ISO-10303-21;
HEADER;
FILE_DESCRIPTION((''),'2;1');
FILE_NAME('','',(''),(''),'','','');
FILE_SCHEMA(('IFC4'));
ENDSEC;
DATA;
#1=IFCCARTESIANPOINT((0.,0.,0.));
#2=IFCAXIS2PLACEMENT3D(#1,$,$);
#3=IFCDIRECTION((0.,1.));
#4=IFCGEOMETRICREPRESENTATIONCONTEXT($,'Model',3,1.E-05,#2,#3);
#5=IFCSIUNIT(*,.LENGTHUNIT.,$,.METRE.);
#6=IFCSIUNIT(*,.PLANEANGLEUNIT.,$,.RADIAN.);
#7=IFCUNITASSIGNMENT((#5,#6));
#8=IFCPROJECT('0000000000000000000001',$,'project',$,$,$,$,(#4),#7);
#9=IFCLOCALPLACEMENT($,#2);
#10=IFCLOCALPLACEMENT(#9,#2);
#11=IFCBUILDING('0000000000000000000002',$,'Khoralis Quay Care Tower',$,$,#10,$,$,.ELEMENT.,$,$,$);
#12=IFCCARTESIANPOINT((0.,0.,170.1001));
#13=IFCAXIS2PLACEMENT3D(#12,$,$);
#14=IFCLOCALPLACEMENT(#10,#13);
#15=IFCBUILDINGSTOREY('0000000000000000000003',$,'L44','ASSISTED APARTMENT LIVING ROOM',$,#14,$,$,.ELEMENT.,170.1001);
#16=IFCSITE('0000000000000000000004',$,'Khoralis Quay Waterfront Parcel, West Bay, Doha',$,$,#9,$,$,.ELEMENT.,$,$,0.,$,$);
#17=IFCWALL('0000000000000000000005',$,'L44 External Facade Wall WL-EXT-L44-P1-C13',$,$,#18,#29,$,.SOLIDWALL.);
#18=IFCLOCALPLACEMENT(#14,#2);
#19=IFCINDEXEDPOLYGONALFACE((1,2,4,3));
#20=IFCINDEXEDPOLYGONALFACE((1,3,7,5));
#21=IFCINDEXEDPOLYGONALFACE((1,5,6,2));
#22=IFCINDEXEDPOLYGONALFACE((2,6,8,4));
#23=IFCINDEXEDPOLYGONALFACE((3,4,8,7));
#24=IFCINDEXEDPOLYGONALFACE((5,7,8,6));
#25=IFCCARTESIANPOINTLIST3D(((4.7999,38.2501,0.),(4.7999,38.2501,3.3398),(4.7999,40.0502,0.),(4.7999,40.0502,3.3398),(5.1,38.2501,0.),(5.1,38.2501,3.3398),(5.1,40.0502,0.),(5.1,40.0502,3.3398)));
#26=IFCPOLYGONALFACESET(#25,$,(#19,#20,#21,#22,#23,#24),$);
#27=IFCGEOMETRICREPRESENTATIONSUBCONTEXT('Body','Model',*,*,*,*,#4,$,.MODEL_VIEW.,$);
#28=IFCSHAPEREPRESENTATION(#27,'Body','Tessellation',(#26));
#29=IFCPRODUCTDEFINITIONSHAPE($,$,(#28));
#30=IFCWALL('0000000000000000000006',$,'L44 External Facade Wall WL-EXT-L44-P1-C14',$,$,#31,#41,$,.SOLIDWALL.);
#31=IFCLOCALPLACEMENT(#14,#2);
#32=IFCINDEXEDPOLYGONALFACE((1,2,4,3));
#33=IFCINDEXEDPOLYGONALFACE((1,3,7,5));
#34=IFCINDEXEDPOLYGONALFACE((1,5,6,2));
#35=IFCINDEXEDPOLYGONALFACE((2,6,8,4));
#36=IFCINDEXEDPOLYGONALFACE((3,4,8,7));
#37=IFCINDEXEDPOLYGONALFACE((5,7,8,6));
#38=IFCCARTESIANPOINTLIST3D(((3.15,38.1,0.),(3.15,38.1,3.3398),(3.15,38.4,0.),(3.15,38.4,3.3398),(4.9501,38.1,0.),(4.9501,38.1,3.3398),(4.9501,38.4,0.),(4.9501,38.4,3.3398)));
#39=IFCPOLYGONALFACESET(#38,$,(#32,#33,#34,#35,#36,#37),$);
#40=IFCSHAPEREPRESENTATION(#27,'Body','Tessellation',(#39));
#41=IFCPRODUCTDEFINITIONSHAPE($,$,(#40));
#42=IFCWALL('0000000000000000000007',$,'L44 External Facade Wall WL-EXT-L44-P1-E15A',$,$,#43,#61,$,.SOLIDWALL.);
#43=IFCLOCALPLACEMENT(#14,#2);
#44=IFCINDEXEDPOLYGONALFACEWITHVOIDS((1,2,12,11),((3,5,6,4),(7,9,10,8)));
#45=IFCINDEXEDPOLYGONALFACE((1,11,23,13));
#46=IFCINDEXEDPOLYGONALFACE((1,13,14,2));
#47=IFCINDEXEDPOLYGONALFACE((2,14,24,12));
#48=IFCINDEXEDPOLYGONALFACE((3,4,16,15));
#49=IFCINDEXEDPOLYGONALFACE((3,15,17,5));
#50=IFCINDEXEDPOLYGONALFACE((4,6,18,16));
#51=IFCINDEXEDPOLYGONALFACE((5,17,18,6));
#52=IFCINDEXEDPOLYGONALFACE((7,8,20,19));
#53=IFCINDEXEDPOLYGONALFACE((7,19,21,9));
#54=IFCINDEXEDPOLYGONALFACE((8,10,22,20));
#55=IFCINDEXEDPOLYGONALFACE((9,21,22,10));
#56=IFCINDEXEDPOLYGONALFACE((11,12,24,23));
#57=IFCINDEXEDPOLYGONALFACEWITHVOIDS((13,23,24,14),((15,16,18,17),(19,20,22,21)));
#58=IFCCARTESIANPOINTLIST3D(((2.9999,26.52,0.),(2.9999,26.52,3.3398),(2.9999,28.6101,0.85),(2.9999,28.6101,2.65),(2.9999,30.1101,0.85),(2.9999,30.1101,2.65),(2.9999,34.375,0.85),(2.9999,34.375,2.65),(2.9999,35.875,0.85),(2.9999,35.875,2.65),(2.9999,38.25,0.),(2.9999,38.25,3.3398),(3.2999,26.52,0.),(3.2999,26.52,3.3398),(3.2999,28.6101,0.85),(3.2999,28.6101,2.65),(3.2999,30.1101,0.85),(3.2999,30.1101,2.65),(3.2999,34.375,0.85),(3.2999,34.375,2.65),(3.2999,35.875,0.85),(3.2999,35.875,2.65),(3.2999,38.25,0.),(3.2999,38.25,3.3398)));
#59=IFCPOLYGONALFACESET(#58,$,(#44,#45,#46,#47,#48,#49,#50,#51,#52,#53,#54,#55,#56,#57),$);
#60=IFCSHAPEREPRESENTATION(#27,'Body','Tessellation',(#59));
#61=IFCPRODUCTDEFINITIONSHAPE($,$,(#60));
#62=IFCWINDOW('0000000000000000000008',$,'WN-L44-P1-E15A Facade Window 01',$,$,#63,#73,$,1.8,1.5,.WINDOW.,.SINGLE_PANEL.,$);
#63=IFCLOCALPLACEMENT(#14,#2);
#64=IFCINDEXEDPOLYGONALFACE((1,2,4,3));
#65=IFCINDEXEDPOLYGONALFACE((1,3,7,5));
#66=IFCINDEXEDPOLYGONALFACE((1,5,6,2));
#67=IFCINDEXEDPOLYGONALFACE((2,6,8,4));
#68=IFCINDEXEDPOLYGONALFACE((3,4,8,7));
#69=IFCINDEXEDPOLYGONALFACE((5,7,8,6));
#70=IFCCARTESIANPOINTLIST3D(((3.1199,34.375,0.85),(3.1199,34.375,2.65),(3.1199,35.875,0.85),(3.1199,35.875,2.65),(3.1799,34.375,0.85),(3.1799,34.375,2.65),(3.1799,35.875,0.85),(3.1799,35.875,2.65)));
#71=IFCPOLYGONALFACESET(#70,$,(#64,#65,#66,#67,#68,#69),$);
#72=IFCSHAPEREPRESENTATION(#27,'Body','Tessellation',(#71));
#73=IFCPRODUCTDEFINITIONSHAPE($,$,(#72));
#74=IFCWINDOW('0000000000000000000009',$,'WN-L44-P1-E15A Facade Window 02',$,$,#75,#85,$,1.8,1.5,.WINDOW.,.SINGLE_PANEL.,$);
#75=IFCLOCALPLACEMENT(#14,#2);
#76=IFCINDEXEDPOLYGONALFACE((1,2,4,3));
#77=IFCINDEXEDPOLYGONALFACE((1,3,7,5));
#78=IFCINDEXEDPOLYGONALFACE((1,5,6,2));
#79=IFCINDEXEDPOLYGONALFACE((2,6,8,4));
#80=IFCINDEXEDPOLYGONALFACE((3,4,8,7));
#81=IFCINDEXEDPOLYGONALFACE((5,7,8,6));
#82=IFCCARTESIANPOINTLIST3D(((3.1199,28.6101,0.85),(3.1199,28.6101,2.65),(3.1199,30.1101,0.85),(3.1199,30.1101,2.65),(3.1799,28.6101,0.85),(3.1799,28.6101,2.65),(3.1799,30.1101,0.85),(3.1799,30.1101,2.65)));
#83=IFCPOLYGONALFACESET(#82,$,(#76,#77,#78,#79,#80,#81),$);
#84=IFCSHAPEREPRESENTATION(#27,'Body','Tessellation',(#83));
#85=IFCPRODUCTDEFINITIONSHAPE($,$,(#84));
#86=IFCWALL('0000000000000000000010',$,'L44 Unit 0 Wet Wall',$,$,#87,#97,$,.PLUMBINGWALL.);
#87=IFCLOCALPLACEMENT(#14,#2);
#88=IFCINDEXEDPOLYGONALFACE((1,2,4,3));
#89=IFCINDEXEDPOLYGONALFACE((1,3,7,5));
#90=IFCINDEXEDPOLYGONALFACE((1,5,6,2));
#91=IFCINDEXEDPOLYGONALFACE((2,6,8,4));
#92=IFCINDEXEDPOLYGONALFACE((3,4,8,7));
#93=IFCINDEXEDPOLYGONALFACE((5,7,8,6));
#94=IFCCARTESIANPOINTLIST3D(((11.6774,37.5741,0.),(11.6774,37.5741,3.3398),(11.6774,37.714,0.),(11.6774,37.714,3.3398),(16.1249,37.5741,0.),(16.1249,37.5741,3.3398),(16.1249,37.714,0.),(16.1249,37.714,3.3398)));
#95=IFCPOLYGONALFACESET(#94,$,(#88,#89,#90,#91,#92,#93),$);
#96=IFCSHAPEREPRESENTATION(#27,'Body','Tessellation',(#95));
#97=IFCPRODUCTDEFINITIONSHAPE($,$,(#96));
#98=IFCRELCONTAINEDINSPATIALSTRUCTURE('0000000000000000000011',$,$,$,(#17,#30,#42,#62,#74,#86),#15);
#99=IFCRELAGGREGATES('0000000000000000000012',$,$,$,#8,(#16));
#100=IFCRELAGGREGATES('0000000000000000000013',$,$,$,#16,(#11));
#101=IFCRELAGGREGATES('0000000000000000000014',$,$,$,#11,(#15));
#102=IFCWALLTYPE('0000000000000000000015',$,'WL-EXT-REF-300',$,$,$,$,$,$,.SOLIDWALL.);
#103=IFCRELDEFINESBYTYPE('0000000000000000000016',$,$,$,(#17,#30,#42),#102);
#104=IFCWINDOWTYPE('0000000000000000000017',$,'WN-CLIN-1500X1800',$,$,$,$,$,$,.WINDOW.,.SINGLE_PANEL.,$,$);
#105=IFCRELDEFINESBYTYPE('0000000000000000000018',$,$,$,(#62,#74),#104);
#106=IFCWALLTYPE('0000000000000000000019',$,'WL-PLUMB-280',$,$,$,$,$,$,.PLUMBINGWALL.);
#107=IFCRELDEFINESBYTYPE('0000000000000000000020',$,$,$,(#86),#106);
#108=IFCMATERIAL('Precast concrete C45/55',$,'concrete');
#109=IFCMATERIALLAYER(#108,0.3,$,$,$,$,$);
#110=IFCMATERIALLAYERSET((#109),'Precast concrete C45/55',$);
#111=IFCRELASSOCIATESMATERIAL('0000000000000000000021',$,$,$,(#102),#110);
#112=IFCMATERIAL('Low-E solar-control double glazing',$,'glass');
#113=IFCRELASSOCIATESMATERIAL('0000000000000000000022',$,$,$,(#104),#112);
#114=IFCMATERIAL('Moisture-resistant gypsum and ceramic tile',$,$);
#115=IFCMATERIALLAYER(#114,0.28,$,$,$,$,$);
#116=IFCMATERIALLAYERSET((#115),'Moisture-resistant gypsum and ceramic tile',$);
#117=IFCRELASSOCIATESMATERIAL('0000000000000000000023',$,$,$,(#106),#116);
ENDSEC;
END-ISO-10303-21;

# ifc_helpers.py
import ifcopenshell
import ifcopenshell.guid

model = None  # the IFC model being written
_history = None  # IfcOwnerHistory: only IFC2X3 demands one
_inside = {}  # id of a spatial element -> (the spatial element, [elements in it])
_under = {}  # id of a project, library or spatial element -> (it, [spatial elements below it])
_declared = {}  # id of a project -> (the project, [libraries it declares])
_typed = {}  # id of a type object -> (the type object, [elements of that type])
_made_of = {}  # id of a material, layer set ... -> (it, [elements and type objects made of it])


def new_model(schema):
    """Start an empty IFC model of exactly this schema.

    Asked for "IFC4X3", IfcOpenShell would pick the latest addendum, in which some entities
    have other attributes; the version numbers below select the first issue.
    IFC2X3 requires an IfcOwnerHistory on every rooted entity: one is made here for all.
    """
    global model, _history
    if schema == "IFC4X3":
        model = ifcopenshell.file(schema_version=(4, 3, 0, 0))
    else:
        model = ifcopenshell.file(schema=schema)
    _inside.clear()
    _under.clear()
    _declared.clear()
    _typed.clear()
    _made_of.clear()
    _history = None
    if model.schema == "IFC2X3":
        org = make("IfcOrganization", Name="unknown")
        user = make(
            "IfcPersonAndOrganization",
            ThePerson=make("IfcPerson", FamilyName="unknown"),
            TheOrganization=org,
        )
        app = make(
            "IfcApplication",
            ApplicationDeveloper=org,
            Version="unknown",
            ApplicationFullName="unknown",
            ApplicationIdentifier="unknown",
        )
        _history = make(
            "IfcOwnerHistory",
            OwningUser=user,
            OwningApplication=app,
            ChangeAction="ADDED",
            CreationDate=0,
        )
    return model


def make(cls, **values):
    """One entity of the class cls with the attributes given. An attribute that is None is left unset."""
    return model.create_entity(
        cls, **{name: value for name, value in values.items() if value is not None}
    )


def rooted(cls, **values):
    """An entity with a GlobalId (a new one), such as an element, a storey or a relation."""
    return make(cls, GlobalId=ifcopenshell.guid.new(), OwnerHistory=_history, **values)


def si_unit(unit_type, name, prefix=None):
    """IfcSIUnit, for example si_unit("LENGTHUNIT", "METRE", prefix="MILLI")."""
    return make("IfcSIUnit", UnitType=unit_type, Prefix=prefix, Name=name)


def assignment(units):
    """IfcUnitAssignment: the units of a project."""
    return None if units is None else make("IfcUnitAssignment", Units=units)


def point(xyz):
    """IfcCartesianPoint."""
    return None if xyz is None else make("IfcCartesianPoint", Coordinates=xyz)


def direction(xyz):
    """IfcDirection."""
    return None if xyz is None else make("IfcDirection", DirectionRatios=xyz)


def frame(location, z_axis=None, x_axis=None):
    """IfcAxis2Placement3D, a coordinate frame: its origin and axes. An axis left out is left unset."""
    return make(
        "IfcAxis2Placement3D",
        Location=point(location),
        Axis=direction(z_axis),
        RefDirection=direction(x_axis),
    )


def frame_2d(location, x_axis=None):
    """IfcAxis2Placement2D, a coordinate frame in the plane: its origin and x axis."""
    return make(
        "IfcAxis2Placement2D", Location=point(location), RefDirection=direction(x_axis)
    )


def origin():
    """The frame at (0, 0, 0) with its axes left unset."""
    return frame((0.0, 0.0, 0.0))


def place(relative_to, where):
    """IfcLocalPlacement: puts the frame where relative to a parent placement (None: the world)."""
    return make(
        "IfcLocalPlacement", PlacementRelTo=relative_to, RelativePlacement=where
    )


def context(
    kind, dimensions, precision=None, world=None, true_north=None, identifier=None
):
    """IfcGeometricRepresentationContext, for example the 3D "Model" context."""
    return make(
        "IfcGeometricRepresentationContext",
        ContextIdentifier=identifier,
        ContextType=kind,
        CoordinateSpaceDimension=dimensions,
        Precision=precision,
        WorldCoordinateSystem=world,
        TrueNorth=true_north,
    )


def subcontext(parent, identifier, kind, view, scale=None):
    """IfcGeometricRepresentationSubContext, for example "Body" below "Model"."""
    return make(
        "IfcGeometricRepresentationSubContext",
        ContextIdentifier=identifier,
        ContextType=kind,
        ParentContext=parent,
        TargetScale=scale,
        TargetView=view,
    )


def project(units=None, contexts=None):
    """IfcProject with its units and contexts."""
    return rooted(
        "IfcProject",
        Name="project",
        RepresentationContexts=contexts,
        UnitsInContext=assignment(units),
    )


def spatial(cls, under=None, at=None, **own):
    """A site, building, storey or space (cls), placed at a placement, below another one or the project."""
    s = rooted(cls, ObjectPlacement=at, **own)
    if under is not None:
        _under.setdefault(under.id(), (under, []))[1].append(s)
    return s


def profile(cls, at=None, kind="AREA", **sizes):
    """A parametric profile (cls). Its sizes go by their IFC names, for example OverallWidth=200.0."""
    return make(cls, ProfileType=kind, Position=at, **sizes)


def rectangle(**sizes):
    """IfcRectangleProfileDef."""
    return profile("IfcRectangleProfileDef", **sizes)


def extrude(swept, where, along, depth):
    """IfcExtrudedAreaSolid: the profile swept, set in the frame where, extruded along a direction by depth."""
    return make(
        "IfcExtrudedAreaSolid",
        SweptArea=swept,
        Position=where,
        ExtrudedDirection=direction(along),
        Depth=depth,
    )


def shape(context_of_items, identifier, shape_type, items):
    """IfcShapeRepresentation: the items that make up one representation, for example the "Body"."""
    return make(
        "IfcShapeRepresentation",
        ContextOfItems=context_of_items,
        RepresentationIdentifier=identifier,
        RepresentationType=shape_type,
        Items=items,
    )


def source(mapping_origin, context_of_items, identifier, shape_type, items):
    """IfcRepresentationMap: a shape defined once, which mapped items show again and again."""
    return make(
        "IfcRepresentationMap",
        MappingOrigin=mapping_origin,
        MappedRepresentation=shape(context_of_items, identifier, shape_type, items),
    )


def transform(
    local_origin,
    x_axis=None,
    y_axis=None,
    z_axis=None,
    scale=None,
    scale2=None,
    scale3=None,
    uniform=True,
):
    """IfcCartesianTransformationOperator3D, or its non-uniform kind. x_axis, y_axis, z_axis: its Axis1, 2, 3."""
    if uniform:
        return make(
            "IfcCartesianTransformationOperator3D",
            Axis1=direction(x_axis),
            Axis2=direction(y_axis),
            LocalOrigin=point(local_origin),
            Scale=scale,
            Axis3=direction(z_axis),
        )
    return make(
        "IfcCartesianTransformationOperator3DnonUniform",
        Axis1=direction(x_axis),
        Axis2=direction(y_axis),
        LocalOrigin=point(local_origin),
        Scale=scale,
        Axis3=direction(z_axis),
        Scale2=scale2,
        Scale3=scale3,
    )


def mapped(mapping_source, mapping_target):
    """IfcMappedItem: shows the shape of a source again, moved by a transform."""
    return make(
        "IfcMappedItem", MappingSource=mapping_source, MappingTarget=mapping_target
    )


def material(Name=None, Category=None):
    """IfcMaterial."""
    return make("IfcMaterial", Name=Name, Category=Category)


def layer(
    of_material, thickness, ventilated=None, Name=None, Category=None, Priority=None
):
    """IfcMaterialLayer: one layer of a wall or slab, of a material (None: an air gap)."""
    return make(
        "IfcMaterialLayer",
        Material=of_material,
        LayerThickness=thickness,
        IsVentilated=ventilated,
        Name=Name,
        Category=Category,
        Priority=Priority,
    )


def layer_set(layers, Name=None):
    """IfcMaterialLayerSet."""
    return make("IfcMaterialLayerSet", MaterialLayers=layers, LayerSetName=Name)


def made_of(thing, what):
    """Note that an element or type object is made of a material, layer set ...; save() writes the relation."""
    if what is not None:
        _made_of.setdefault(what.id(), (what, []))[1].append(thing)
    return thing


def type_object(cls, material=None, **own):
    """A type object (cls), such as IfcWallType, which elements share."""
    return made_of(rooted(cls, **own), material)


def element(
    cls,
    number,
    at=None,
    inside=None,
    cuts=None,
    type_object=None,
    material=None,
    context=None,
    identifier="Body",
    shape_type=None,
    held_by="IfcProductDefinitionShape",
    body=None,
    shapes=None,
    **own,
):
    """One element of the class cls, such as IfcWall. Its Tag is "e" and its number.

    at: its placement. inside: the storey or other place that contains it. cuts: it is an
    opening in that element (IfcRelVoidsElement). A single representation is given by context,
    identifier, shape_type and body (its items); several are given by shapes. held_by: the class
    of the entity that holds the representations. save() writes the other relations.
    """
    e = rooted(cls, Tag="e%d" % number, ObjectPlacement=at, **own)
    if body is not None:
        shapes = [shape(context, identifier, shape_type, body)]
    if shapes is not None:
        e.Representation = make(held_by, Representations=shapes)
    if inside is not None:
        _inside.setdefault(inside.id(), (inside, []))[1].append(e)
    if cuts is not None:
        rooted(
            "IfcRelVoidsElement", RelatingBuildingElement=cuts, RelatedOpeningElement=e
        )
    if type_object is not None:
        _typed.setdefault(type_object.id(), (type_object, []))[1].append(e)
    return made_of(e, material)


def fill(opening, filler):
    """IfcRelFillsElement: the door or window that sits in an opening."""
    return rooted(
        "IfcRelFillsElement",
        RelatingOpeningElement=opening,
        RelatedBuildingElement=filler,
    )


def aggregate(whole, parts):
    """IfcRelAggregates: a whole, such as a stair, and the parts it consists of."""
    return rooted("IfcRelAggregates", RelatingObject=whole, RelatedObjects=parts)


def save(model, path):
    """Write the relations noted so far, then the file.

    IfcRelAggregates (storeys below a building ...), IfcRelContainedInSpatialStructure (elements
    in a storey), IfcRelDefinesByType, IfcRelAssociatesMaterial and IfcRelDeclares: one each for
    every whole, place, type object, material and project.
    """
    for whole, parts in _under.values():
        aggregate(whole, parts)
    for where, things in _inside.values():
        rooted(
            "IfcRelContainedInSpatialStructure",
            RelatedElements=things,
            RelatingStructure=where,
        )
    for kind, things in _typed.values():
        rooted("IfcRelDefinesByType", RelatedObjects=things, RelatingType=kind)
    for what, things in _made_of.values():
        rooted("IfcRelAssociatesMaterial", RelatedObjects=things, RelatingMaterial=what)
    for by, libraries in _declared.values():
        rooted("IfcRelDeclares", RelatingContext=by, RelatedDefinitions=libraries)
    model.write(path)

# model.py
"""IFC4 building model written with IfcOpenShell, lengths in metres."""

from ifc_helpers import new_model, si_unit, direction, frame, frame_2d, origin, place, context, subcontext, project, spatial, rectangle, extrude, source, transform, mapped, material, layer, layer_set, type_object, element, fill, save


model = new_model("IFC4")

# Units and contexts
model_context = context("Model", 3, precision=1e-05, world=origin(), true_north=direction((0.0, 1.0)))
body_context = subcontext(model_context, "Body", "Model", "MODEL_VIEW")
ifc_project = project(units=[si_unit("LENGTHUNIT", "METRE"), si_unit("PLANEANGLEUNIT", "RADIAN")], contexts=[model_context])

# Site, building, storey
site_placement = place(None, origin())
site = spatial("IfcSite", under=ifc_project, at=site_placement, Name="Khoralis Quay Waterfront Parcel, West Bay, Doha", CompositionType="ELEMENT", RefElevation=0.0)
building_placement = place(site_placement, origin())
building = spatial("IfcBuilding", under=site, at=building_placement, Name="Khoralis Quay Care Tower", CompositionType="ELEMENT")
storey_placement = place(building_placement, frame((0.0, 0.0, 170.1001)))
storey = spatial("IfcBuildingStorey", under=building, at=storey_placement, Name="L44", Description="ASSISTED APARTMENT LIVING ROOM", CompositionType="ELEMENT", Elevation=170.1001)

# Walls
ifc_material_1 = material(Name="Precast concrete C45/55", Category="concrete")
ifc_layer_1 = layer(ifc_material_1, 0.3)
ifc_layer_set_1 = layer_set([ifc_layer_1], Name="Precast concrete C45/55")
wall_type_1 = type_object("IfcWallType", Name="WL-EXT-REF-300", PredefinedType="SOLIDWALL", material=ifc_layer_set_1)
for number, where, z_axis, x_axis, name in (
    (1, (4.95, 40.05, 0.0), (0.0, 0.0, 1.0), (0.0, -1.0, 0.0), "L44 External Facade Wall WL-EXT-L44-P1-C13"),
    (2, (4.95, 38.25, 0.0), (0.0, 0.0, 1.0), (-1.0, 0.0, 0.0), "L44 External Facade Wall WL-EXT-L44-P1-C14"),
):
    element("IfcWall", number, at=place(storey_placement, frame(where, z_axis=z_axis, x_axis=x_axis)), inside=storey, type_object=wall_type_1, Name=name, PredefinedType="SOLIDWALL", context=body_context, shape_type="SweptSolid", body=[
        extrude(rectangle(XDim=1.8, YDim=0.3, at=frame_2d((0.8999, 0.0))), origin(), (0.0, 0.0, 1.0), 3.3398),
    ])

# Wall, openings, windows
wall_1_placement = place(storey_placement, frame((3.1499, 38.25, 0.0), z_axis=(0.0, 0.0, 1.0), x_axis=(0.0, -1.0, 0.0)))
wall_1 = element("IfcWall", 3, at=wall_1_placement, inside=storey, type_object=wall_type_1, Name="L44 External Facade Wall WL-EXT-L44-P1-E15A", PredefinedType="SOLIDWALL", context=body_context, shape_type="SweptSolid", body=[
    extrude(rectangle(XDim=11.73, YDim=0.3, at=frame_2d((5.865, 0.0))), origin(), (0.0, 0.0, 1.0), 3.3398),
])
opening_1_placement = place(wall_1_placement, frame((2.375, 0.0, 0.8501)))
opening_1 = element("IfcOpeningElement", 4, at=opening_1_placement, cuts=wall_1, PredefinedType="OPENING", context=body_context, shape_type="SweptSolid", body=[
    extrude(rectangle(XDim=1.5, YDim=1.8, at=frame_2d((0.75, 0.8999))), frame((0.0, 0.1602, 0.0), z_axis=(0.0, -1.0, 0.0), x_axis=(1.0, 0.0, 0.0)), (0.0, 0.0, 1.0), 0.3201),
])
opening_2_placement = place(wall_1_placement, frame((8.1399, 0.0, 0.8501)))
opening_2 = element("IfcOpeningElement", 5, at=opening_2_placement, cuts=wall_1, PredefinedType="OPENING", context=body_context, shape_type="SweptSolid", body=[
    extrude(rectangle(XDim=1.5, YDim=1.8, at=frame_2d((0.75, 0.8999))), frame((0.0, 0.1602, 0.0), z_axis=(0.0, -1.0, 0.0), x_axis=(1.0, 0.0, 0.0)), (0.0, 0.0, 1.0), 0.3201),
])
ifc_material_2 = material(Name="Low-E solar-control double glazing", Category="glass")
window_type = type_object("IfcWindowType", Name="WN-CLIN-1500X1800", PartitioningType="SINGLE_PANEL", PredefinedType="WINDOW", material=ifc_material_2)
shared_shape_1 = source(origin(), body_context, "Body", "SweptSolid", [
    extrude(rectangle(XDim=1.5, YDim=1.8, at=frame_2d((0.75, 0.8999))), frame((0.0, 0.03, 0.0), z_axis=(0.0, -1.0, 0.0), x_axis=(1.0, 0.0, 0.0)), (0.0, 0.0, 1.0), 0.0601),
])
window_1_placement = place(opening_1_placement, origin())
window_1 = element("IfcWindow", 6, at=window_1_placement, inside=storey, type_object=window_type, Name="WN-L44-P1-E15A Facade Window 01", OverallHeight=1.8, OverallWidth=1.5, PartitioningType="SINGLE_PANEL", PredefinedType="WINDOW", context=body_context, shape_type="MappedRepresentation", body=[
    mapped(shared_shape_1, transform((0.0, 0.0, 0.0), scale=1.0)),
])
fill(opening_1, window_1)
window_2_placement = place(opening_2_placement, origin())
window_2 = element("IfcWindow", 7, at=window_2_placement, inside=storey, type_object=window_type, Name="WN-L44-P1-E15A Facade Window 02", OverallHeight=1.8, OverallWidth=1.5, PartitioningType="SINGLE_PANEL", PredefinedType="WINDOW", context=body_context, shape_type="MappedRepresentation", body=[
    mapped(shared_shape_1, transform((0.0, 0.0, 0.0), scale=1.0)),
])
fill(opening_2, window_2)

# Wall
ifc_material_3 = material(Name="Moisture-resistant gypsum and ceramic tile")
ifc_layer_2 = layer(ifc_material_3, 0.28)
ifc_layer_set_2 = layer_set([ifc_layer_2], Name="Moisture-resistant gypsum and ceramic tile")
wall_type_2 = type_object("IfcWallType", Name="WL-PLUMB-280", PredefinedType="PLUMBINGWALL", material=ifc_layer_set_2)
wall_2_placement = place(storey_placement, frame((11.6775, 37.644, 0.0), z_axis=(0.0, 0.0, 1.0), x_axis=(1.0, 0.0, 0.0)))
element("IfcWall", 8, at=wall_2_placement, inside=storey, type_object=wall_type_2, Name="L44 Unit 0 Wet Wall", PredefinedType="PLUMBINGWALL", context=body_context, shape_type="SweptSolid", body=[
    extrude(rectangle(XDim=4.4475, YDim=0.1399, at=frame_2d((2.2236, 0.0))), origin(), (0.0, 0.0, 1.0), 3.3398),
])

save(model, "model.ifc")
